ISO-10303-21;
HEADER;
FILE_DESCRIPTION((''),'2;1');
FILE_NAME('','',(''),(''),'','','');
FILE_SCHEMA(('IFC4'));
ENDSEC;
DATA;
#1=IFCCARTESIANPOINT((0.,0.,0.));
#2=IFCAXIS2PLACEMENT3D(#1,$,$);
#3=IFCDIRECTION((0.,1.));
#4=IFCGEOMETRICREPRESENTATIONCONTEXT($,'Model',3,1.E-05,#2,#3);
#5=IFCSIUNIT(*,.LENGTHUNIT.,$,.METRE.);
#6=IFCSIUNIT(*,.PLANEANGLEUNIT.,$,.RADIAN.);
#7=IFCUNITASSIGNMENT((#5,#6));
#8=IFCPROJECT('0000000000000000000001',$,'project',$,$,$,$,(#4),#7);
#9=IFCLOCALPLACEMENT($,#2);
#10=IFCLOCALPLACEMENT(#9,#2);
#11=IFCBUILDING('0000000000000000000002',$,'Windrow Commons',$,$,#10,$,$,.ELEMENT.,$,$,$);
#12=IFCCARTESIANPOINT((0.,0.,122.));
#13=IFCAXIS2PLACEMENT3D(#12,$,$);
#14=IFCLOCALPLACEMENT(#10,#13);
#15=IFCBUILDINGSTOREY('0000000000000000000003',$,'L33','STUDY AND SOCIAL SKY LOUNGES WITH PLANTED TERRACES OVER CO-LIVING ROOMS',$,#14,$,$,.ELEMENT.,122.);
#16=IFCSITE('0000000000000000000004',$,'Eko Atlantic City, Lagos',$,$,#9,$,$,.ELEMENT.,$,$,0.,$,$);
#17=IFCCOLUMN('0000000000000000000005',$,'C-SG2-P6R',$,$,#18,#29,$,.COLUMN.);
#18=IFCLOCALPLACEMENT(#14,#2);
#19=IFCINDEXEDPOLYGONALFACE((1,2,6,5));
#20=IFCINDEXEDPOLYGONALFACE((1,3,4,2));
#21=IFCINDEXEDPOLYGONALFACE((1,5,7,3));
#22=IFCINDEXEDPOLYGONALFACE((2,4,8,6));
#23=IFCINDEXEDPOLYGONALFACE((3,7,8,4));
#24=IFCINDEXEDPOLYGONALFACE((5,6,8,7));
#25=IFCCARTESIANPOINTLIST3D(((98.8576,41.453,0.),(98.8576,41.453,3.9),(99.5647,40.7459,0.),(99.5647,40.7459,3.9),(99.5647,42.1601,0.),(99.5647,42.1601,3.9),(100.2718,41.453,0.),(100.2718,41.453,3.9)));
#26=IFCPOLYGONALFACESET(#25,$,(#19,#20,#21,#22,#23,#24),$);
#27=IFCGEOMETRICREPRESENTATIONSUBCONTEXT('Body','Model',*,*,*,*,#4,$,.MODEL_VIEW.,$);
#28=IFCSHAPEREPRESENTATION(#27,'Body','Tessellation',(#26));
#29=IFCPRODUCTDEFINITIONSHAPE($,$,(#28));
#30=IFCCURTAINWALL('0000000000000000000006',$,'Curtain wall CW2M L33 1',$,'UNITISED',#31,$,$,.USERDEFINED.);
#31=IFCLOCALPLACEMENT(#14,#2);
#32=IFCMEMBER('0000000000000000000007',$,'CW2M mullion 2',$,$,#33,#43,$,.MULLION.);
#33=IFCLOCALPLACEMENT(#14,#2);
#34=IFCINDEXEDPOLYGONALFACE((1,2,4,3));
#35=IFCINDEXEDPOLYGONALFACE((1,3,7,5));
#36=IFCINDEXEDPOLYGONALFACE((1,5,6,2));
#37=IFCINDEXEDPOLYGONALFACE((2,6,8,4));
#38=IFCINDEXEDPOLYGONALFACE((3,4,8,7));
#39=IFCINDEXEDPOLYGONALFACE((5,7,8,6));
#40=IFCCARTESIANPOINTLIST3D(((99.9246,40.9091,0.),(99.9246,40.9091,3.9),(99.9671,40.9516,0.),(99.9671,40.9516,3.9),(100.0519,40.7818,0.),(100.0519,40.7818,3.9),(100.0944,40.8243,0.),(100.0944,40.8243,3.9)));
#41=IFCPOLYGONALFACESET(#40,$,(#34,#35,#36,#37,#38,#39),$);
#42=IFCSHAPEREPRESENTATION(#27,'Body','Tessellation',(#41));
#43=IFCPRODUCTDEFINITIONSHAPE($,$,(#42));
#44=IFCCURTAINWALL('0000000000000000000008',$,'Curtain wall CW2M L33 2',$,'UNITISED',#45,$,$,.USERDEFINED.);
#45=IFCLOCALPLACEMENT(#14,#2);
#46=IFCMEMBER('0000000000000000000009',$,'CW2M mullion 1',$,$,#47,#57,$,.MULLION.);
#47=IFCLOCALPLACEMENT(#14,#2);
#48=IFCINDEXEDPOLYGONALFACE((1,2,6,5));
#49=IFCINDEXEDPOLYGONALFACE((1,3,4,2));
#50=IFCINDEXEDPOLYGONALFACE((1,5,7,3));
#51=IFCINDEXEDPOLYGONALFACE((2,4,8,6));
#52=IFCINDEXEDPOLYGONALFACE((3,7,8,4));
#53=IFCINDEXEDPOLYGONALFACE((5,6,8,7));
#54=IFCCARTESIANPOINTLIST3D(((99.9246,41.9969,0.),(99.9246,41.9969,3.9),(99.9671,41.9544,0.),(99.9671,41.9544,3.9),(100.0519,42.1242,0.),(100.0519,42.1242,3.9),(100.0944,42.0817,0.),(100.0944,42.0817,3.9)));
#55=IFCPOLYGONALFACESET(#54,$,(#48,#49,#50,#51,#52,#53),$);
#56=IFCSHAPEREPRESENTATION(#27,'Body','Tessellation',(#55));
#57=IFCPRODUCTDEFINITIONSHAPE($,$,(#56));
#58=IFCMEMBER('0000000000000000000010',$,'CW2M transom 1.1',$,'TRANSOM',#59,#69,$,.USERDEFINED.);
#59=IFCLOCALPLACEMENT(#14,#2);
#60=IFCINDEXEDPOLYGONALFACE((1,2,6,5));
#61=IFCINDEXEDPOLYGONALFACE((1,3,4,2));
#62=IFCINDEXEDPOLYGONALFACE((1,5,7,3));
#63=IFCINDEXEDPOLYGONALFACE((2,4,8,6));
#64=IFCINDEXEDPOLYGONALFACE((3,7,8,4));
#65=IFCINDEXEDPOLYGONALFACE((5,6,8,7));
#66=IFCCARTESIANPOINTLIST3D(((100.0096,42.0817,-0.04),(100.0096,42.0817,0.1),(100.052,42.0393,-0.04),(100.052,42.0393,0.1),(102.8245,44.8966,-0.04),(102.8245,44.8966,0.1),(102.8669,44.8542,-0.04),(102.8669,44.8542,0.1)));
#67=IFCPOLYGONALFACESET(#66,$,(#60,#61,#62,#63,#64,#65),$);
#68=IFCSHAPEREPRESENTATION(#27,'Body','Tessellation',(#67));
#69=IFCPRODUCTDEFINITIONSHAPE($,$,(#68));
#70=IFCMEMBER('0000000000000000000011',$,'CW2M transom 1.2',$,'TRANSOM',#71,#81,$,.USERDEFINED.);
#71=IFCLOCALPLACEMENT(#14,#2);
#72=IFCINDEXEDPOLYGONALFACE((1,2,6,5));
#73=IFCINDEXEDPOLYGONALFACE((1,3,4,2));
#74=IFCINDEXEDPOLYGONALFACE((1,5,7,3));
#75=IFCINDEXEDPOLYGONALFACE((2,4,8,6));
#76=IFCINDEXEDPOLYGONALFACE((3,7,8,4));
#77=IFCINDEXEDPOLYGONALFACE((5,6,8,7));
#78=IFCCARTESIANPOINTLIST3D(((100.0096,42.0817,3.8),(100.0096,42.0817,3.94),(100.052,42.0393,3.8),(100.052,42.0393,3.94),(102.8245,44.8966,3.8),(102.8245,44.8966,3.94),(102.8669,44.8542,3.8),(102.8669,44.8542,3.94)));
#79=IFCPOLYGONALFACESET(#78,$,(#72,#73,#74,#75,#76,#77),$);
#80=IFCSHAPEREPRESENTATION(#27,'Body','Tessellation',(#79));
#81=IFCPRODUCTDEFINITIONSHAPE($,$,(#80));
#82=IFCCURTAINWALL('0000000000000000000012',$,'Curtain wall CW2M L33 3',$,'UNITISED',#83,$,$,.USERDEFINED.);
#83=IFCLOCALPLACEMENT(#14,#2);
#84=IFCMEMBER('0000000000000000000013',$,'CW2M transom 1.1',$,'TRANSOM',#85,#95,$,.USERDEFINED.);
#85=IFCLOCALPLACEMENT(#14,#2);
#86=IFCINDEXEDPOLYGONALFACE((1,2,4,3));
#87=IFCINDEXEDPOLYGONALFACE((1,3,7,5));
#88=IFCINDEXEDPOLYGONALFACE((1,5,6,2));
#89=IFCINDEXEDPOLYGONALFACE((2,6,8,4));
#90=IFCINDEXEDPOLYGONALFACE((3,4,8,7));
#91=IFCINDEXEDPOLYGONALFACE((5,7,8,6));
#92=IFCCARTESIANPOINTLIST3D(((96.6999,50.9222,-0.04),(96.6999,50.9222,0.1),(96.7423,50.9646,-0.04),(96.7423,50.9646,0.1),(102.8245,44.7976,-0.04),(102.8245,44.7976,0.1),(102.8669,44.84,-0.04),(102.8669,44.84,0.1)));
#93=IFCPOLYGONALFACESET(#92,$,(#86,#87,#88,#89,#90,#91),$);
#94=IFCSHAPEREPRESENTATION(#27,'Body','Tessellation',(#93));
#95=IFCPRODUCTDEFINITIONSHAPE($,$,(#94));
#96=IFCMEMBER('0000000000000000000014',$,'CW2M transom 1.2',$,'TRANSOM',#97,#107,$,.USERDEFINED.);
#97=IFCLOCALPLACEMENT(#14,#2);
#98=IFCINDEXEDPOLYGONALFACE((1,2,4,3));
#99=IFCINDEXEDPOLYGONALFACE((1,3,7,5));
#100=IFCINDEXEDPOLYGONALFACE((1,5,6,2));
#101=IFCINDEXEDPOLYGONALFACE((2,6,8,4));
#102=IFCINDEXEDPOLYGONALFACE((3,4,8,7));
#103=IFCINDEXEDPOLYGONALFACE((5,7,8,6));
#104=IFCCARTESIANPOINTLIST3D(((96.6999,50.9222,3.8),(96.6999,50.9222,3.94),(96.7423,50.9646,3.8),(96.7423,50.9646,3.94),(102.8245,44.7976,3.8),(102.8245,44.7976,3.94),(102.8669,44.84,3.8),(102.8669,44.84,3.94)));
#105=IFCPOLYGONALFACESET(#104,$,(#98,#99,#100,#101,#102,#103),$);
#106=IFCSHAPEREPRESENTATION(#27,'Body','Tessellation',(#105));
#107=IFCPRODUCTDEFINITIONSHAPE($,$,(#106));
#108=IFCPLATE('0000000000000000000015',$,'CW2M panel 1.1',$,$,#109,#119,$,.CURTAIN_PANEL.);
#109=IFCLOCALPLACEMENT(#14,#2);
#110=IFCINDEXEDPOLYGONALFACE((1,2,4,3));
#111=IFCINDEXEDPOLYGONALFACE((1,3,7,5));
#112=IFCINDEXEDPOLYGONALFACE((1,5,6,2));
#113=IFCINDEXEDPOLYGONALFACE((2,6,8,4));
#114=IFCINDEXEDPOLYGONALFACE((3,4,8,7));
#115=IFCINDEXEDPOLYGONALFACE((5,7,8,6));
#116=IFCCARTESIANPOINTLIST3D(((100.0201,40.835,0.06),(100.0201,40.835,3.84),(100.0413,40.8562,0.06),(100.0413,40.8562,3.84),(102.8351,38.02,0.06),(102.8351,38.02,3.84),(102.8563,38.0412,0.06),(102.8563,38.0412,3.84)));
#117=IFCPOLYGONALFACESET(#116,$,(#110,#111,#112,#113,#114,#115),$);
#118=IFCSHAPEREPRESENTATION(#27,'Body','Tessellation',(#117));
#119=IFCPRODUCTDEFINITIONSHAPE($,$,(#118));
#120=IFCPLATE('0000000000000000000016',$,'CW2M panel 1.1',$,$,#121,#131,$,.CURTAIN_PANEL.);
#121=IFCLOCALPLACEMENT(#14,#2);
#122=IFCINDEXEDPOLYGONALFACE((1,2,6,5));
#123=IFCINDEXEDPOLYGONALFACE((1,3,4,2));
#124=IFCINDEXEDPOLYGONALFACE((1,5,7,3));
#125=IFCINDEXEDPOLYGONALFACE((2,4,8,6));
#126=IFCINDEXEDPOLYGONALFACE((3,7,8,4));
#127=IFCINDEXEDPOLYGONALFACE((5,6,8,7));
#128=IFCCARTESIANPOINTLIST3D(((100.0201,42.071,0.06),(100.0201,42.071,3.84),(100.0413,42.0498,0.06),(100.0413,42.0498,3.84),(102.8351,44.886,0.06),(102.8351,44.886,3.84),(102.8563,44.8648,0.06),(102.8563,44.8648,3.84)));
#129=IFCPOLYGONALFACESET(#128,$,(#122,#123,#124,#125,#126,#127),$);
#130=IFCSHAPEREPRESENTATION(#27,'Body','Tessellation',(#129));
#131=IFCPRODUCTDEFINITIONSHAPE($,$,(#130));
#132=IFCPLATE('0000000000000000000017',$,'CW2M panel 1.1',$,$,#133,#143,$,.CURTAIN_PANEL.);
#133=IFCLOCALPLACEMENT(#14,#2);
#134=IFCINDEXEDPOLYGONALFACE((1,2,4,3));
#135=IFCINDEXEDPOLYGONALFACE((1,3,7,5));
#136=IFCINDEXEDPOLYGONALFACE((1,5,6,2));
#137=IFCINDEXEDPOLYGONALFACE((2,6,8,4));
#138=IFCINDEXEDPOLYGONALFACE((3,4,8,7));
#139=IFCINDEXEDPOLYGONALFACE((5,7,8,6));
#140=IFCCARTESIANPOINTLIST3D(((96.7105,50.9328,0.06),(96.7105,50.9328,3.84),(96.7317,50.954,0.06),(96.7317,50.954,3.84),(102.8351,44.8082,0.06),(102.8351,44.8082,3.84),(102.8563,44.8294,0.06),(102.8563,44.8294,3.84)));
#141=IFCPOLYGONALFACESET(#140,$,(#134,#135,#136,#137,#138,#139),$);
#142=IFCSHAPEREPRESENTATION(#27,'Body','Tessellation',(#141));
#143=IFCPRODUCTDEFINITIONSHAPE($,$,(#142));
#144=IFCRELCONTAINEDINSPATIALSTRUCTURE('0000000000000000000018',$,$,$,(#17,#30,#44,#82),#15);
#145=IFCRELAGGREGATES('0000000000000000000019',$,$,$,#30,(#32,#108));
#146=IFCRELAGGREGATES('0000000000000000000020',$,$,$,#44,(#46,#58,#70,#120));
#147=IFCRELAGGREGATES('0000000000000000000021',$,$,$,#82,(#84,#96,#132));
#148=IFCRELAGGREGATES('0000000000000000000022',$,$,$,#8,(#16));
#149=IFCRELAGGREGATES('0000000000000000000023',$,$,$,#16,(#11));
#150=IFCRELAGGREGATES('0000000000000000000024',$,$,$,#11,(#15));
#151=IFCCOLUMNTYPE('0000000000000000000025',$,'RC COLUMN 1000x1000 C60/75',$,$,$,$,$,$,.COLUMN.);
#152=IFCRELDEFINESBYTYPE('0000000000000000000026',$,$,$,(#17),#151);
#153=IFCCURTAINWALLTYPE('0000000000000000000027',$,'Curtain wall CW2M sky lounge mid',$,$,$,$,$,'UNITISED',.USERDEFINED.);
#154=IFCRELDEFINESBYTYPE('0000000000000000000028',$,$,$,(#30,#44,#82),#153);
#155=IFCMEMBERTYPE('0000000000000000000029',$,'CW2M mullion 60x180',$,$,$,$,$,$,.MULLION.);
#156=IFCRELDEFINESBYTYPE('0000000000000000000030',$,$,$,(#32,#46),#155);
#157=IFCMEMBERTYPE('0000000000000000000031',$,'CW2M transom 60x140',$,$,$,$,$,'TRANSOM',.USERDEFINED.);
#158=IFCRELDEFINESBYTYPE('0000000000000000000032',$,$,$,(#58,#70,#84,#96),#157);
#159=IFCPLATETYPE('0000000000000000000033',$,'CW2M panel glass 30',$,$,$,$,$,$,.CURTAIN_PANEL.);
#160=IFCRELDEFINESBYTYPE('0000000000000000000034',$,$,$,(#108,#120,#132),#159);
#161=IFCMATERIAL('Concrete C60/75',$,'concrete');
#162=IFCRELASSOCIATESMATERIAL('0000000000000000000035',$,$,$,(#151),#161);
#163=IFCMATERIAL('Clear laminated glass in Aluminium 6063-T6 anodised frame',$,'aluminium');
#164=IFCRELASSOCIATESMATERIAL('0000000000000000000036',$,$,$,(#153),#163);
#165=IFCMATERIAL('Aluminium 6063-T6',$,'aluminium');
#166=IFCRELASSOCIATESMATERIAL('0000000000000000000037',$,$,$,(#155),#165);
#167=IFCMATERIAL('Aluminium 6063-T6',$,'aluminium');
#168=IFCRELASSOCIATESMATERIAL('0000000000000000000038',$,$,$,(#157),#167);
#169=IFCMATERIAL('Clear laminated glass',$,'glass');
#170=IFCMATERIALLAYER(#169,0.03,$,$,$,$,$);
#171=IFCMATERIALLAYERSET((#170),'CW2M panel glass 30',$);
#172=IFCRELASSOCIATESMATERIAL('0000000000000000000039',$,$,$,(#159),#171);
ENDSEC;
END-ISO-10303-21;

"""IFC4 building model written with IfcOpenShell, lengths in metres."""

from ifc_helpers import new_model, si_unit, direction, frame, origin, origin_2d, place, context, subcontext, project, spatial, rectangle, extrude, material, layer, layer_set, material_profile, profile_set, type_object, element, aggregate, save


model = new_model("IFC4")

# Units and contexts
model_context = context("Model", 3, precision=1e-05, world=origin(), true_north=direction((0.0, 1.0)))
body_context = subcontext(model_context, "Body", "Model", "MODEL_VIEW")
ifc_project = project(units=[si_unit("LENGTHUNIT", "METRE"), si_unit("PLANEANGLEUNIT", "RADIAN")], contexts=[model_context])

# Site, building, storey
site_placement = place(None, origin())
site = spatial("IfcSite", under=ifc_project, at=site_placement, Name="Eko Atlantic City, Lagos", CompositionType="ELEMENT", RefElevation=0.0)
building_placement = place(site_placement, origin())
building = spatial("IfcBuilding", under=site, at=building_placement, Name="Windrow Commons", CompositionType="ELEMENT")
storey_placement = place(building_placement, frame((0.0, 0.0, 122.0)))
storey = spatial("IfcBuildingStorey", under=building, at=storey_placement, Name="L33", Description="STUDY AND SOCIAL SKY LOUNGES WITH PLANTED TERRACES OVER CO-LIVING ROOMS", CompositionType="ELEMENT", Elevation=122.0)

# Column
ifc_material_1 = material(Name="Concrete C60/75", Category="concrete")
ifc_material_profile_1 = material_profile(ifc_material_1, rectangle(XDim=1.0, YDim=1.0, at=origin_2d()))
ifc_profile_set_1 = profile_set([ifc_material_profile_1], Name="Concrete C60/75")
column_type = type_object("IfcColumnType", Name="RC COLUMN 1000x1000 C60/75", PredefinedType="COLUMN", material=ifc_profile_set_1)
column_placement = place(storey_placement, frame((99.5647, 41.453, 0.0), z_axis=(0.0, 0.0, 1.0), x_axis=(0.707107, -0.707107, 0.0)))
element("IfcColumn", 1, at=column_placement, inside=storey, type_object=column_type, Name="C-SG2-P6R", PredefinedType="COLUMN", context=body_context, shape_type="SweptSolid", body=[
    extrude(rectangle(XDim=1.0, YDim=1.0, at=origin_2d()), origin(), (0.0, 0.0, 1.0), 3.9),
])

# Curtain wall, member
ifc_material_2 = material(Name="Clear laminated glass in Aluminium 6063-T6 anodised frame", Category="aluminium")
curtain_wall_type = type_object("IfcCurtainWallType", Name="Curtain wall CW2M sky lounge mid", ElementType="UNITISED", PredefinedType="USERDEFINED", material=ifc_material_2)
placement = place(storey_placement, origin())
curtain_wall_1 = element("IfcCurtainWall", 2, at=placement, inside=storey, type_object=curtain_wall_type, Name="Curtain wall CW2M L33 1", ObjectType="UNITISED", PredefinedType="USERDEFINED")
ifc_material_3 = material(Name="Aluminium 6063-T6", Category="aluminium")
ifc_material_profile_2 = material_profile(ifc_material_3, rectangle(XDim=0.06, YDim=0.18, at=origin_2d()))
ifc_profile_set_2 = profile_set([ifc_material_profile_2], Name="Aluminium 6063-T6")
member_type_1 = type_object("IfcMemberType", Name="CW2M mullion 60x180", PredefinedType="MULLION", material=ifc_profile_set_2)
member_1_placement = place(storey_placement, frame((100.0095, 40.8667, 0.0), z_axis=(0.0, 0.0, 1.0), x_axis=(-0.707107, -0.707107, 0.0)))
member_1 = element("IfcMember", 3, at=member_1_placement, type_object=member_type_1, Name="CW2M mullion 2", PredefinedType="MULLION", context=body_context, shape_type="SweptSolid", body=[
    extrude(rectangle(XDim=0.06, YDim=0.18, at=origin_2d()), origin(), (0.0, 0.0, 1.0), 3.9),
])

# Curtain walls, members
curtain_wall_2 = element("IfcCurtainWall", 4, at=placement, inside=storey, type_object=curtain_wall_type, Name="Curtain wall CW2M L33 2", ObjectType="UNITISED", PredefinedType="USERDEFINED")
member_2_placement = place(storey_placement, frame((100.0095, 42.0393, 0.0), z_axis=(0.0, 0.0, 1.0), x_axis=(-0.707107, 0.707107, 0.0)))
member_2 = element("IfcMember", 5, at=member_2_placement, type_object=member_type_1, Name="CW2M mullion 1", PredefinedType="MULLION", context=body_context, shape_type="SweptSolid", body=[
    extrude(rectangle(XDim=0.06, YDim=0.18, at=origin_2d()), origin(), (0.0, 0.0, 1.0), 3.9),
])
ifc_material_4 = material(Name="Aluminium 6063-T6", Category="aluminium")
ifc_material_profile_3 = material_profile(ifc_material_4, rectangle(XDim=0.06, YDim=0.14, at=origin_2d()))
ifc_profile_set_3 = profile_set([ifc_material_profile_3], Name="Aluminium 6063-T6")
member_type_2 = type_object("IfcMemberType", Name="CW2M transom 60x140", ElementType="TRANSOM", PredefinedType="USERDEFINED", material=ifc_profile_set_3)
member_3_placement = place(storey_placement, frame((100.0308, 42.0605, 0.03), z_axis=(0.707107, 0.707107, 0.0), x_axis=(-0.707107, 0.707107, 0.0)))
member_3 = element("IfcMember", 6, at=member_3_placement, type_object=member_type_2, Name="CW2M transom 1.1", ObjectType="TRANSOM", PredefinedType="USERDEFINED", context=body_context, shape_type="SweptSolid", body=[
    extrude(rectangle(XDim=0.06, YDim=0.14, at=origin_2d()), origin(), (0.0, 0.0, 1.0), 3.9809),
])
member_4_placement = place(storey_placement, frame((100.0308, 42.0605, 3.87), z_axis=(0.707107, 0.707107, 0.0), x_axis=(-0.707107, 0.707107, 0.0)))
member_4 = element("IfcMember", 7, at=member_4_placement, type_object=member_type_2, Name="CW2M transom 1.2", ObjectType="TRANSOM", PredefinedType="USERDEFINED", context=body_context, shape_type="SweptSolid", body=[
    extrude(rectangle(XDim=0.06, YDim=0.14, at=origin_2d()), origin(), (0.0, 0.0, 1.0), 3.9809),
])
curtain_wall_3 = element("IfcCurtainWall", 8, at=placement, inside=storey, type_object=curtain_wall_type, Name="Curtain wall CW2M L33 3", ObjectType="UNITISED", PredefinedType="USERDEFINED")
member_5_placement = place(storey_placement, frame((102.8457, 44.8188, 0.03), z_axis=(-0.707107, 0.707107, 0.0), x_axis=(-0.707107, -0.707107, 0.0)))
member_5 = element("IfcMember", 9, at=member_5_placement, type_object=member_type_2, Name="CW2M transom 1.1", ObjectType="TRANSOM", PredefinedType="USERDEFINED", context=body_context, shape_type="SweptSolid", body=[
    extrude(rectangle(XDim=0.06, YDim=0.14, at=origin_2d()), origin(), (0.0, 0.0, 1.0), 8.6615),
])
member_6_placement = place(storey_placement, frame((102.8457, 44.8188, 3.87), z_axis=(-0.707107, 0.707107, 0.0), x_axis=(-0.707107, -0.707107, 0.0)))
member_6 = element("IfcMember", 10, at=member_6_placement, type_object=member_type_2, Name="CW2M transom 1.2", ObjectType="TRANSOM", PredefinedType="USERDEFINED", context=body_context, shape_type="SweptSolid", body=[
    extrude(rectangle(XDim=0.06, YDim=0.14, at=origin_2d()), origin(), (0.0, 0.0, 1.0), 8.6615),
])

# Plates
ifc_material_5 = material(Name="Clear laminated glass", Category="glass")
ifc_layer_1 = layer(ifc_material_5, 0.03)
ifc_layer_set_1 = layer_set([ifc_layer_1], Name="CW2M panel glass 30")
plate_type = type_object("IfcPlateType", Name="CW2M panel glass 30", PredefinedType="CURTAIN_PANEL", material=ifc_layer_set_1)
plate_1_placement = place(storey_placement, frame((101.4382, 39.4381, 0.06), z_axis=(0.0, 0.0, 1.0), x_axis=(-0.707107, 0.707107, 0.0)))
plate_1 = element("IfcPlate", 11, at=plate_1_placement, type_object=plate_type, Name="CW2M panel 1.1", PredefinedType="CURTAIN_PANEL", context=body_context, shape_type="SweptSolid", body=[
    extrude(rectangle(XDim=3.9809, YDim=0.03, at=origin_2d()), origin(), (0.0, 0.0, 1.0), 3.78),
])
aggregate(curtain_wall_1, [member_1, plate_1])
plate_2_placement = place(storey_placement, frame((101.4382, 43.4679, 0.06), z_axis=(0.0, 0.0, 1.0), x_axis=(0.707107, 0.707107, 0.0)))
plate_2 = element("IfcPlate", 12, at=plate_2_placement, type_object=plate_type, Name="CW2M panel 1.1", PredefinedType="CURTAIN_PANEL", context=body_context, shape_type="SweptSolid", body=[
    extrude(rectangle(XDim=3.9809, YDim=0.03, at=origin_2d()), origin(), (0.0, 0.0, 1.0), 3.78),
])
aggregate(curtain_wall_2, [member_2, member_3, member_4, plate_2])
plate_3_placement = place(storey_placement, frame((99.7834, 47.8811, 0.06), z_axis=(0.0, 0.0, 1.0), x_axis=(-0.707107, 0.707107, 0.0)))
plate_3 = element("IfcPlate", 13, at=plate_3_placement, type_object=plate_type, Name="CW2M panel 1.1", PredefinedType="CURTAIN_PANEL", context=body_context, shape_type="SweptSolid", body=[
    extrude(rectangle(XDim=8.6615, YDim=0.03, at=origin_2d()), origin(), (0.0, 0.0, 1.0), 3.78),
])
aggregate(curtain_wall_3, [member_5, member_6, plate_3])

save(model, "model.ifc")
